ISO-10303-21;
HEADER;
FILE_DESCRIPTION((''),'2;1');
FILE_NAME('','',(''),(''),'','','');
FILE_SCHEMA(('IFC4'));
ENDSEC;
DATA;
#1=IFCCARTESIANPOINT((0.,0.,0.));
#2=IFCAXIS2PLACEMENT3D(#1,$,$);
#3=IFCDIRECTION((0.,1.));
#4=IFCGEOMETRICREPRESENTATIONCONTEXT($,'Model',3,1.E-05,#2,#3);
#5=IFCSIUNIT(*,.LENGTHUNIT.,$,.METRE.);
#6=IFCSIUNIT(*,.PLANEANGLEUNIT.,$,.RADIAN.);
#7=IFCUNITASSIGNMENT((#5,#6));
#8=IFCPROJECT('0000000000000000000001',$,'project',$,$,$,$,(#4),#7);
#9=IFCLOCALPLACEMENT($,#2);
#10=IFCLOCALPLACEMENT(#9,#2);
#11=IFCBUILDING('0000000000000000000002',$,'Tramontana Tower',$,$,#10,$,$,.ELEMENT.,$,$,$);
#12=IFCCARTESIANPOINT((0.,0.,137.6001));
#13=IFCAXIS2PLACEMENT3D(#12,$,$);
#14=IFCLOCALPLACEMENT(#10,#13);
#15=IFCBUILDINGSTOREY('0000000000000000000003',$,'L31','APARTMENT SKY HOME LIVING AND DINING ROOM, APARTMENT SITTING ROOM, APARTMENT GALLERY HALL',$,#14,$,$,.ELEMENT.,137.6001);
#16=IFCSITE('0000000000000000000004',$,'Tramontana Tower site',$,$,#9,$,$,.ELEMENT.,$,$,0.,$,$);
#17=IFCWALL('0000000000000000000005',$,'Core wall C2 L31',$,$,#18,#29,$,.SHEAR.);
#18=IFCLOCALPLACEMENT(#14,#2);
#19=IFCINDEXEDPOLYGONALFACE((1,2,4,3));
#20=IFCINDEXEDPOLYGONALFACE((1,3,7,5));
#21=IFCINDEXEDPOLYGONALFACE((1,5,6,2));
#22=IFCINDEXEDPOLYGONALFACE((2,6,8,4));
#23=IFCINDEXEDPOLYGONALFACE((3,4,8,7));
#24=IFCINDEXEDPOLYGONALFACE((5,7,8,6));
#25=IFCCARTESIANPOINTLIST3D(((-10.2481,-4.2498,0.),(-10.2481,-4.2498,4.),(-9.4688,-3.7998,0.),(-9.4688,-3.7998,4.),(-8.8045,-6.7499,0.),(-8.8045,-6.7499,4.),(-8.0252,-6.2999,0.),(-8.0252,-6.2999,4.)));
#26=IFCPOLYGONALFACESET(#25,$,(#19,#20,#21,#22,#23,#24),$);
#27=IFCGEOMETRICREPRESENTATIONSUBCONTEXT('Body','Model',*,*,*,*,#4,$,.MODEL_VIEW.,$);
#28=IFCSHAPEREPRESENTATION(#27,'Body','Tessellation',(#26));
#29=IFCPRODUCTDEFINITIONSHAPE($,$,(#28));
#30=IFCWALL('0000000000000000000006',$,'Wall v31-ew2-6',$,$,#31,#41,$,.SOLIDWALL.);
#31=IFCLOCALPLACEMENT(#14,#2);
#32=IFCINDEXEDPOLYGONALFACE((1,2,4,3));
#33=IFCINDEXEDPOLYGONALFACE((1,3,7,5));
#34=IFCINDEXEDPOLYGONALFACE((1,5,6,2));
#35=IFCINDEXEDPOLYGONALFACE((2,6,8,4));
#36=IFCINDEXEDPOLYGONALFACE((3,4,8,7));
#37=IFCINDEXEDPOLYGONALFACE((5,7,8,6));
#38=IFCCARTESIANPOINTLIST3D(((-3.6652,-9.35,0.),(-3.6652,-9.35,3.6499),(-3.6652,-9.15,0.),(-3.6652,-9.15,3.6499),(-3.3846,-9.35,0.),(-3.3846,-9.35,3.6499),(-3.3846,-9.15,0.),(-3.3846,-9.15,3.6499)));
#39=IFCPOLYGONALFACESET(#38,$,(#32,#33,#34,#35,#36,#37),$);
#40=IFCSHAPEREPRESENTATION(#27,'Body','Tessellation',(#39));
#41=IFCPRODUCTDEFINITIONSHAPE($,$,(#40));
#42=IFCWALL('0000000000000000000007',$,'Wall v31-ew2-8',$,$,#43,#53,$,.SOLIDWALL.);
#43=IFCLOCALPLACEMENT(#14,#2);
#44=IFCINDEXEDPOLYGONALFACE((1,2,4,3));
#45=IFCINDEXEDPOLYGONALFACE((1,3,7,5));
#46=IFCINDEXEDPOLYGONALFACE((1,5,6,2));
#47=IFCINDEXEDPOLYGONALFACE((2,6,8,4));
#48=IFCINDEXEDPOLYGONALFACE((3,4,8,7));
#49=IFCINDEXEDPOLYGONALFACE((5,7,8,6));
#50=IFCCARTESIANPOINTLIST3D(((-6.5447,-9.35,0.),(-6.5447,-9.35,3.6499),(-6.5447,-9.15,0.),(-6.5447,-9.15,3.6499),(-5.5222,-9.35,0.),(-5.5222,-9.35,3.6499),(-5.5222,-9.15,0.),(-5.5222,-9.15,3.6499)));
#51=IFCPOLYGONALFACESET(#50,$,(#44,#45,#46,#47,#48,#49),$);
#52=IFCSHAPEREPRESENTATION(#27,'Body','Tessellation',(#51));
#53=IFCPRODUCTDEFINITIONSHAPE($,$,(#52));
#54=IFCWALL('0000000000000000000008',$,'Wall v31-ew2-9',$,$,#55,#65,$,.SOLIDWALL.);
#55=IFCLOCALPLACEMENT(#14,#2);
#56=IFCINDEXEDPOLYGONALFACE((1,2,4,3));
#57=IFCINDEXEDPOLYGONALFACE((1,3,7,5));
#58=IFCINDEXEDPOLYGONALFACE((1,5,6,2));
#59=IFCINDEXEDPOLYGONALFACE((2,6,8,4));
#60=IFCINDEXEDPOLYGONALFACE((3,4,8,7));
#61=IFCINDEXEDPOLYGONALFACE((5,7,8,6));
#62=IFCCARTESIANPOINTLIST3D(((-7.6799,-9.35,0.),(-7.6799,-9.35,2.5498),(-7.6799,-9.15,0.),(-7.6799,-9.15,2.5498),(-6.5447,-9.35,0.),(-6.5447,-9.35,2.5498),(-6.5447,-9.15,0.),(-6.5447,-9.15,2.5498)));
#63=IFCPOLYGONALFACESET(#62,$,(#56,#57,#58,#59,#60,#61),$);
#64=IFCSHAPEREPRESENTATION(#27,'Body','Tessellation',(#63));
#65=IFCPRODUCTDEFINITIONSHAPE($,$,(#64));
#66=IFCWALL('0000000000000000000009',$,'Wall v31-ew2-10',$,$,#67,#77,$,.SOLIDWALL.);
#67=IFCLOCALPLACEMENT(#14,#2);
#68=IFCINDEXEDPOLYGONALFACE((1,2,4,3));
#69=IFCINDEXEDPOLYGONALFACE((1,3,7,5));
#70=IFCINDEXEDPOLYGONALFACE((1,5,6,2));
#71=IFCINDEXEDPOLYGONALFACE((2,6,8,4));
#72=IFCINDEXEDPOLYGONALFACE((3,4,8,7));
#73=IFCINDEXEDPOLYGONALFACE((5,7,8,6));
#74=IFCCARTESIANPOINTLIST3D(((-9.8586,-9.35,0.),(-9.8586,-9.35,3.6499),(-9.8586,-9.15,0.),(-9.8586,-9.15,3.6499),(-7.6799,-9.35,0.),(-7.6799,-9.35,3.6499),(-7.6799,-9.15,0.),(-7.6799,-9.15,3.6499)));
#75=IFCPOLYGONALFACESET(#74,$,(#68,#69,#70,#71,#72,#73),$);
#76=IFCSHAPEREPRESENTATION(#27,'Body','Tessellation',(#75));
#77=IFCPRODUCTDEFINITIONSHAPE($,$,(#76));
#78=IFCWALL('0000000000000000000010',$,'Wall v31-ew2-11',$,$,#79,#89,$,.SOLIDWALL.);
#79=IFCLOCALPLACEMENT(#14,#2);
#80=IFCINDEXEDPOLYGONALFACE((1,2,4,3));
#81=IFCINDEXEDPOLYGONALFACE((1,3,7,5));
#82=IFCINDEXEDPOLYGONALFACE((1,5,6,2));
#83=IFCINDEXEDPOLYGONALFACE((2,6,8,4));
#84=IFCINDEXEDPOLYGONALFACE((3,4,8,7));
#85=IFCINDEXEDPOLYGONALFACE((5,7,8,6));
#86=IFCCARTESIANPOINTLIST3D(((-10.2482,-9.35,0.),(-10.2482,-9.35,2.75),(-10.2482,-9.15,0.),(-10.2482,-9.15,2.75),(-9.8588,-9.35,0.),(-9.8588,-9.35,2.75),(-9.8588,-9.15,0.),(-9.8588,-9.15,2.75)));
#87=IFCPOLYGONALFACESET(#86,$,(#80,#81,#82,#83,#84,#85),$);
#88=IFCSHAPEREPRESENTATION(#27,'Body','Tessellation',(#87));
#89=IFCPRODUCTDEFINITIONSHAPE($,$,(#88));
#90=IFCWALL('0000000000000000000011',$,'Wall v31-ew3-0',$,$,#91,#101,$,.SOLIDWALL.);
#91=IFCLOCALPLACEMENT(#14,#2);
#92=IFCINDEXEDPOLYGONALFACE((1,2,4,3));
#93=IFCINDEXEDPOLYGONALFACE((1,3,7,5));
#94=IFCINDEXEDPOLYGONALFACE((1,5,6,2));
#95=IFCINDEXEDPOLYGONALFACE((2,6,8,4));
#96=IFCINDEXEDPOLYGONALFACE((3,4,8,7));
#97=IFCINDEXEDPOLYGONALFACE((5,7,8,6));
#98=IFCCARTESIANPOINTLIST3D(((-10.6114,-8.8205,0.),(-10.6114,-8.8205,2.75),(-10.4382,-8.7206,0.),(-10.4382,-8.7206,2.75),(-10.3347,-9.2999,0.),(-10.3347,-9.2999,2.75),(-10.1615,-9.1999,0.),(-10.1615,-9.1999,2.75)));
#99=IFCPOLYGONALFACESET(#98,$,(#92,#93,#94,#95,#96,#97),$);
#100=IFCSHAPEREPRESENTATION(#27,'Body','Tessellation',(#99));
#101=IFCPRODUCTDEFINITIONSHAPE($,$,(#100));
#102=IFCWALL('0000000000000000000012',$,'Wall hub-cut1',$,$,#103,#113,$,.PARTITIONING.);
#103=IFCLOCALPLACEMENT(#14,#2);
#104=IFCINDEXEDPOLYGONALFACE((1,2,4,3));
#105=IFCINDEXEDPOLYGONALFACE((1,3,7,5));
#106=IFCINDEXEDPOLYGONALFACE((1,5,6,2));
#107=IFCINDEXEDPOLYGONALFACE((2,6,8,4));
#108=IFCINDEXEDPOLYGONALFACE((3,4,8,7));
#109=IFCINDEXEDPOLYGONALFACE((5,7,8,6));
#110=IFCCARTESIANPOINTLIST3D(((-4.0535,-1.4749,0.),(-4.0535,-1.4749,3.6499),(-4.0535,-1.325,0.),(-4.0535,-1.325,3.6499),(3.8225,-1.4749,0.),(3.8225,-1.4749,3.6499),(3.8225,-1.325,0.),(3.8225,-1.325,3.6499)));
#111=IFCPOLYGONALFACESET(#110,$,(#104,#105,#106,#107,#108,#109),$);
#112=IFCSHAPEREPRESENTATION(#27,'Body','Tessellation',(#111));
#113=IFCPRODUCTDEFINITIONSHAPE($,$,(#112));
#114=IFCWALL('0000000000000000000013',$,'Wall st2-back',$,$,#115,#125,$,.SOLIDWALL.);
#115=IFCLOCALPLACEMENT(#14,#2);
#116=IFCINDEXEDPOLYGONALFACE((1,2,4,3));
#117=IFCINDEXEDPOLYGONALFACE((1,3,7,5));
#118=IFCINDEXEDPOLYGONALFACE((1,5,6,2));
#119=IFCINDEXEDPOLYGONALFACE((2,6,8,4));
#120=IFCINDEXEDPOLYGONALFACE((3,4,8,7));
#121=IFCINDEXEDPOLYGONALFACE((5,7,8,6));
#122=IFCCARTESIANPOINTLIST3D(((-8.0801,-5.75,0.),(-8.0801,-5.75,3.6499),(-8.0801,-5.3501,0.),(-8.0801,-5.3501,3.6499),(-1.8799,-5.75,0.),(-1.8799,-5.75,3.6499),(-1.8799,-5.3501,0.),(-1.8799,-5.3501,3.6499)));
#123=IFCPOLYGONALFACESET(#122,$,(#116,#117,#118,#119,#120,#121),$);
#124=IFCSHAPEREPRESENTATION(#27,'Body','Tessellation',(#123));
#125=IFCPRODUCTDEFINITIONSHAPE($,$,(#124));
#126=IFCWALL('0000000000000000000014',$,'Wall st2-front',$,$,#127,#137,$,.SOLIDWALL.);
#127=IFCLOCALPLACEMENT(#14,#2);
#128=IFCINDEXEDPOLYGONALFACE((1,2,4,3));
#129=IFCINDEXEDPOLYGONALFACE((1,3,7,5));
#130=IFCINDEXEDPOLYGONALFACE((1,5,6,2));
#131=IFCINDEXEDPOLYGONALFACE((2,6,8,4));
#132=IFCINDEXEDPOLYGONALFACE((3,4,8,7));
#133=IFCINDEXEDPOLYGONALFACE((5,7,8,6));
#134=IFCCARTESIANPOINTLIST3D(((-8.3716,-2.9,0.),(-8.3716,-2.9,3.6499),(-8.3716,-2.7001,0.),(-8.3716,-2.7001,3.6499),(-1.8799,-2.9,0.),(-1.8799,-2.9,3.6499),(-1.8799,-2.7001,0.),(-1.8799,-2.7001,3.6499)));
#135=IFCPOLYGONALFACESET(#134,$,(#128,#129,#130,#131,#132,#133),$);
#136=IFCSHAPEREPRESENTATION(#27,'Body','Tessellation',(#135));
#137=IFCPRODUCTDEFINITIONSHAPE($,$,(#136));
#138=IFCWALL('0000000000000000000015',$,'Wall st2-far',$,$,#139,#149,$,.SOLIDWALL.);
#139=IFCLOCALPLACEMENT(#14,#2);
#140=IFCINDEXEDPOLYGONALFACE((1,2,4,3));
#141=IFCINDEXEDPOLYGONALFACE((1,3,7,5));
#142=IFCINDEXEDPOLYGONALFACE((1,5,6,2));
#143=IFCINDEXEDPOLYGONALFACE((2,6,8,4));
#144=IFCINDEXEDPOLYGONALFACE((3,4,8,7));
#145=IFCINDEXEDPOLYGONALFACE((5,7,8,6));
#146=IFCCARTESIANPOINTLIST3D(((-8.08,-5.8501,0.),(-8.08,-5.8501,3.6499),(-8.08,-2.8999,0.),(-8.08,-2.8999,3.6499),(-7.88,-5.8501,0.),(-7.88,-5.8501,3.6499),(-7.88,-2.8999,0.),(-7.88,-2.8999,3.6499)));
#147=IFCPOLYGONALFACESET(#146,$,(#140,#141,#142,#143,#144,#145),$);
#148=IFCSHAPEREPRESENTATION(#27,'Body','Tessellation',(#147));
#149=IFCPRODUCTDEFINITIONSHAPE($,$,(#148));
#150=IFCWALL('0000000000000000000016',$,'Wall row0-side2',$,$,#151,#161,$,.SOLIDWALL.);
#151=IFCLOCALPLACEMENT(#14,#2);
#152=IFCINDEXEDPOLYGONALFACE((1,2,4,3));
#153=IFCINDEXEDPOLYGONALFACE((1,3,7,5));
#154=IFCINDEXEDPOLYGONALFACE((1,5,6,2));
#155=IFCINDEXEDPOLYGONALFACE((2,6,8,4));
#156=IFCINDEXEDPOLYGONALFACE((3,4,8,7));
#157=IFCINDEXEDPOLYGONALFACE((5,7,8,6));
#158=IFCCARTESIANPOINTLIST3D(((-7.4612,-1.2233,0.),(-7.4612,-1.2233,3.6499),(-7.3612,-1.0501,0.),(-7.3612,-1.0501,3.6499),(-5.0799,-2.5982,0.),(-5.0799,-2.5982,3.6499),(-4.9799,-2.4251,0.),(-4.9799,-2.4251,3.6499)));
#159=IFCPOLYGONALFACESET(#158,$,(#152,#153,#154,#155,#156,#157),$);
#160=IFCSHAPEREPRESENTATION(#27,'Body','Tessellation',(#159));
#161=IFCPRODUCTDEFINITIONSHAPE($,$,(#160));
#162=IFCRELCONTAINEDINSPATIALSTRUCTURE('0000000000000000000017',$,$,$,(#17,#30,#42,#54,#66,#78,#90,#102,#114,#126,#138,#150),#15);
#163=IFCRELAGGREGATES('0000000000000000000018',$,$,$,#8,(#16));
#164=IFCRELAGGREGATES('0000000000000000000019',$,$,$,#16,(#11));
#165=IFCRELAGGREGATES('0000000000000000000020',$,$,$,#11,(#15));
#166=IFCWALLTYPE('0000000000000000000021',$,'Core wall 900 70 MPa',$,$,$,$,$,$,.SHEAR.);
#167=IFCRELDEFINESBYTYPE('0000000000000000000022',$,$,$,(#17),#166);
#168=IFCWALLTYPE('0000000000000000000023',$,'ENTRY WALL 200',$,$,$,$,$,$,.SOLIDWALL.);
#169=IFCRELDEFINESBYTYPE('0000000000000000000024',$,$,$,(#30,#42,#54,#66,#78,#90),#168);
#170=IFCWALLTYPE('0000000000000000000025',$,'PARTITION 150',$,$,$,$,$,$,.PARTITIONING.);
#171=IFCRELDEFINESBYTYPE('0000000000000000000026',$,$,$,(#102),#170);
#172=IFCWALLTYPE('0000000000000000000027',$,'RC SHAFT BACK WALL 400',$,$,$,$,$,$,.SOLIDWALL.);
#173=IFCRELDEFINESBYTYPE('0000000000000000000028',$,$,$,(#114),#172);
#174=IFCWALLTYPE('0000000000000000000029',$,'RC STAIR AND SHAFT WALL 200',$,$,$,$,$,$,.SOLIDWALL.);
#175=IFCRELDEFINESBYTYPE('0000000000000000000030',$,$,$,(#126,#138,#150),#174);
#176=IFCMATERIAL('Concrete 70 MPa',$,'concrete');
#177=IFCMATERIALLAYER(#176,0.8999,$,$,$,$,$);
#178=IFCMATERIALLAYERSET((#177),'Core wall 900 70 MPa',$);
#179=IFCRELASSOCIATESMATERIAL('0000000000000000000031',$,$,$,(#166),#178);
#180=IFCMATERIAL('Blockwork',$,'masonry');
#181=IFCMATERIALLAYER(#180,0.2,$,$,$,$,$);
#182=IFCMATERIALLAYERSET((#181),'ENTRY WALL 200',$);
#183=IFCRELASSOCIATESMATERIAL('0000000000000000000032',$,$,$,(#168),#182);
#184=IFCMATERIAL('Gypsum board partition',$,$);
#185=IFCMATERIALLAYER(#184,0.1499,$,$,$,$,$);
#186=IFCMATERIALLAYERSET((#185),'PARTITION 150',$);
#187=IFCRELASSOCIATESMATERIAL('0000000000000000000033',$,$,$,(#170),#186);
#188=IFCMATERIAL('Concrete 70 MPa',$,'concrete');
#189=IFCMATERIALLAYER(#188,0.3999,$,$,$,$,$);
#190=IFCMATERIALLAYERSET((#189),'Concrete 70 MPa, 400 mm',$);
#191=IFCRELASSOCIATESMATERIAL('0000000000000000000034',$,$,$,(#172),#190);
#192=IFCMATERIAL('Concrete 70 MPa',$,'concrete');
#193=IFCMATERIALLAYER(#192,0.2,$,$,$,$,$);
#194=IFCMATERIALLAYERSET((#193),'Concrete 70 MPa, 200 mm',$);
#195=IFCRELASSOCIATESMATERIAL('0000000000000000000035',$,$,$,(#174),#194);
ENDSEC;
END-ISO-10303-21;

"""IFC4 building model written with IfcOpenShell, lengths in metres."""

from ifc_helpers import new_model, si_unit, direction, frame, frame_2d, origin, place, context, subcontext, project, spatial, rectangle, extrude, material, layer, layer_set, type_object, element, save


model = new_model("IFC4")

# Units and contexts
model_context = context("Model", 3, precision=1e-05, world=origin(), true_north=direction((0.0, 1.0)))
body_context = subcontext(model_context, "Body", "Model", "MODEL_VIEW")
ifc_project = project(units=[si_unit("LENGTHUNIT", "METRE"), si_unit("PLANEANGLEUNIT", "RADIAN")], contexts=[model_context])

# Site, building, storey
site_placement = place(None, origin())
site = spatial("IfcSite", under=ifc_project, at=site_placement, Name="Tramontana Tower site", CompositionType="ELEMENT", RefElevation=0.0)
building_placement = place(site_placement, origin())
building = spatial("IfcBuilding", under=site, at=building_placement, Name="Tramontana Tower", CompositionType="ELEMENT")
storey_placement = place(building_placement, frame((0.0, 0.0, 137.6001)))
storey = spatial("IfcBuildingStorey", under=building, at=storey_placement, Name="L31", Description="APARTMENT SKY HOME LIVING AND DINING ROOM, APARTMENT SITTING ROOM, APARTMENT GALLERY HALL", CompositionType="ELEMENT", Elevation=137.6001)

# Wall
ifc_material_1 = material(Name="Concrete 70 MPa", Category="concrete")
ifc_layer_1 = layer(ifc_material_1, 0.8999)
ifc_layer_set_1 = layer_set([ifc_layer_1], Name="Core wall 900 70 MPa")
wall_type_1 = type_object("IfcWallType", Name="Core wall 900 70 MPa", PredefinedType="SHEAR", material=ifc_layer_set_1)
wall_1_placement = place(storey_placement, frame((-9.8584, -4.0249, 0.0), z_axis=(0.0, 0.0, 1.0), x_axis=(0.500059, -0.865991, 0.0)))
element("IfcWall", 1, at=wall_1_placement, inside=storey, type_object=wall_type_1, Name="Core wall C2 L31", PredefinedType="SHEAR", context=body_context, shape_type="SweptSolid", body=[
    extrude(rectangle(XDim=2.887, YDim=0.8999, at=frame_2d((1.4434, 0.0))), origin(), (0.0, 0.0, 1.0), 4.0),
])

# Wall
ifc_material_2 = material(Name="Blockwork", Category="masonry")
ifc_layer_2 = layer(ifc_material_2, 0.2)
ifc_layer_set_2 = layer_set([ifc_layer_2], Name="ENTRY WALL 200")
wall_type_2 = type_object("IfcWallType", Name="ENTRY WALL 200", PredefinedType="SOLIDWALL", material=ifc_layer_set_2)
wall_2_placement = place(storey_placement, frame((-3.3848, -9.25, 0.0), z_axis=(0.0, 0.0, 1.0), x_axis=(-1.0, 0.0, 0.0)))
element("IfcWall", 2, at=wall_2_placement, inside=storey, type_object=wall_type_2, Name="Wall v31-ew2-6", PredefinedType="SOLIDWALL", context=body_context, shape_type="SweptSolid", body=[
    extrude(rectangle(XDim=0.2805, YDim=0.2, at=frame_2d((0.1401, 0.0))), origin(), (0.0, 0.0, 1.0), 3.6499),
])

# Walls
wall_3_placement = place(storey_placement, frame((-5.5222, -9.25, 0.0), z_axis=(0.0, 0.0, 1.0), x_axis=(-1.0, 0.0, 0.0)))
element("IfcWall", 3, at=wall_3_placement, inside=storey, type_object=wall_type_2, Name="Wall v31-ew2-8", PredefinedType="SOLIDWALL", context=body_context, shape_type="SweptSolid", body=[
    extrude(rectangle(XDim=1.0225, YDim=0.2, at=frame_2d((0.5112, 0.0))), origin(), (0.0, 0.0, 1.0), 3.6499),
])
wall_4_placement = place(storey_placement, frame((-6.5447, -9.25, 0.0), z_axis=(0.0, 0.0, 1.0), x_axis=(-1.0, 0.0, 0.0)))
element("IfcWall", 4, at=wall_4_placement, inside=storey, type_object=wall_type_2, Name="Wall v31-ew2-9", PredefinedType="SOLIDWALL", context=body_context, shape_type="SweptSolid", body=[
    extrude(rectangle(XDim=1.1353, YDim=0.2, at=frame_2d((0.5676, 0.0))), origin(), (0.0, 0.0, 1.0), 2.5498),
])
wall_5_placement = place(storey_placement, frame((-7.6799, -9.25, 0.0), z_axis=(0.0, 0.0, 1.0), x_axis=(-1.0, 0.0, 0.0)))
element("IfcWall", 5, at=wall_5_placement, inside=storey, type_object=wall_type_2, Name="Wall v31-ew2-10", PredefinedType="SOLIDWALL", context=body_context, shape_type="SweptSolid", body=[
    extrude(rectangle(XDim=2.1787, YDim=0.2, at=frame_2d((1.0894, 0.0))), origin(), (0.0, 0.0, 1.0), 3.6499),
])
wall_6_placement = place(storey_placement, frame((-9.8586, -9.25, 0.0), z_axis=(0.0, 0.0, 1.0), x_axis=(-1.0, 0.0, 0.0)))
element("IfcWall", 6, at=wall_6_placement, inside=storey, type_object=wall_type_2, Name="Wall v31-ew2-11", PredefinedType="SOLIDWALL", context=body_context, shape_type="SweptSolid", body=[
    extrude(rectangle(XDim=0.3894, YDim=0.2, at=frame_2d((0.1948, 0.0))), origin(), (0.0, 0.0, 1.0), 2.75),
])
wall_7_placement = place(storey_placement, frame((-10.248, -9.25, 0.0), z_axis=(0.0, 0.0, 1.0), x_axis=(-0.499888, 0.86609, 0.0)))
element("IfcWall", 7, at=wall_7_placement, inside=storey, type_object=wall_type_2, Name="Wall v31-ew3-0", PredefinedType="SOLIDWALL", context=body_context, shape_type="SweptSolid", body=[
    extrude(rectangle(XDim=0.5535, YDim=0.2, at=frame_2d((0.2769, 0.0))), origin(), (0.0, 0.0, 1.0), 2.75),
])
ifc_material_3 = material(Name="Gypsum board partition")
ifc_layer_3 = layer(ifc_material_3, 0.1499)
ifc_layer_set_3 = layer_set([ifc_layer_3], Name="PARTITION 150")
wall_type_3 = type_object("IfcWallType", Name="PARTITION 150", PredefinedType="PARTITIONING", material=ifc_layer_set_3)
wall_8_placement = place(storey_placement, frame((-4.0535, -1.3999, 0.0), z_axis=(0.0, 0.0, 1.0), x_axis=(1.0, 0.0, 0.0)))
element("IfcWall", 8, at=wall_8_placement, inside=storey, type_object=wall_type_3, Name="Wall hub-cut1", PredefinedType="PARTITIONING", context=body_context, shape_type="SweptSolid", body=[
    extrude(rectangle(XDim=7.876, YDim=0.1499, at=frame_2d((3.938, 0.0))), origin(), (0.0, 0.0, 1.0), 3.6499),
])
ifc_material_4 = material(Name="Concrete 70 MPa", Category="concrete")
ifc_layer_4 = layer(ifc_material_4, 0.3999)
ifc_layer_set_4 = layer_set([ifc_layer_4], Name="Concrete 70 MPa, 400 mm")
wall_type_4 = type_object("IfcWallType", Name="RC SHAFT BACK WALL 400", PredefinedType="SOLIDWALL", material=ifc_layer_set_4)
wall_9_placement = place(storey_placement, frame((-8.0801, -5.55, 0.0), z_axis=(0.0, 0.0, 1.0), x_axis=(1.0, 0.0, 0.0)))
element("IfcWall", 9, at=wall_9_placement, inside=storey, type_object=wall_type_4, Name="Wall st2-back", PredefinedType="SOLIDWALL", context=body_context, shape_type="SweptSolid", body=[
    extrude(rectangle(XDim=6.2002, YDim=0.3999, at=frame_2d((3.1001, 0.0))), origin(), (0.0, 0.0, 1.0), 3.6499),
])
ifc_material_5 = material(Name="Concrete 70 MPa", Category="concrete")
ifc_layer_5 = layer(ifc_material_5, 0.2)
ifc_layer_set_5 = layer_set([ifc_layer_5], Name="Concrete 70 MPa, 200 mm")
wall_type_5 = type_object("IfcWallType", Name="RC STAIR AND SHAFT WALL 200", PredefinedType="SOLIDWALL", material=ifc_layer_set_5)
wall_10_placement = place(storey_placement, frame((-8.3716, -2.8, 0.0), z_axis=(0.0, 0.0, 1.0), x_axis=(1.0, 0.0, 0.0)))
element("IfcWall", 10, at=wall_10_placement, inside=storey, type_object=wall_type_5, Name="Wall st2-front", PredefinedType="SOLIDWALL", context=body_context, shape_type="SweptSolid", body=[
    extrude(rectangle(XDim=6.4917, YDim=0.2, at=frame_2d((3.2458, 0.0))), origin(), (0.0, 0.0, 1.0), 3.6499),
])
wall_11_placement = place(storey_placement, frame((-7.98, -2.8999, 0.0), z_axis=(0.0, 0.0, 1.0), x_axis=(0.0, -1.0, 0.0)))
element("IfcWall", 11, at=wall_11_placement, inside=storey, type_object=wall_type_5, Name="Wall st2-far", PredefinedType="SOLIDWALL", context=body_context, shape_type="SweptSolid", body=[
    extrude(rectangle(XDim=2.9502, YDim=0.2, at=frame_2d((1.4751, 0.0))), origin(), (0.0, 0.0, 1.0), 3.6499),
])
wall_12_placement = place(storey_placement, frame((-5.0298, -2.5117, 0.0), z_axis=(0.0, 0.0, 1.0), x_axis=(-0.866005, 0.500035, 0.0)))
element("IfcWall", 12, at=wall_12_placement, inside=storey, type_object=wall_type_5, Name="Wall row0-side2", PredefinedType="SOLIDWALL", context=body_context, shape_type="SweptSolid", body=[
    extrude(rectangle(XDim=2.7498, YDim=0.2, at=frame_2d((1.375, 0.0))), origin(), (0.0, 0.0, 1.0), 3.6499),
])

save(model, "model.ifc")
